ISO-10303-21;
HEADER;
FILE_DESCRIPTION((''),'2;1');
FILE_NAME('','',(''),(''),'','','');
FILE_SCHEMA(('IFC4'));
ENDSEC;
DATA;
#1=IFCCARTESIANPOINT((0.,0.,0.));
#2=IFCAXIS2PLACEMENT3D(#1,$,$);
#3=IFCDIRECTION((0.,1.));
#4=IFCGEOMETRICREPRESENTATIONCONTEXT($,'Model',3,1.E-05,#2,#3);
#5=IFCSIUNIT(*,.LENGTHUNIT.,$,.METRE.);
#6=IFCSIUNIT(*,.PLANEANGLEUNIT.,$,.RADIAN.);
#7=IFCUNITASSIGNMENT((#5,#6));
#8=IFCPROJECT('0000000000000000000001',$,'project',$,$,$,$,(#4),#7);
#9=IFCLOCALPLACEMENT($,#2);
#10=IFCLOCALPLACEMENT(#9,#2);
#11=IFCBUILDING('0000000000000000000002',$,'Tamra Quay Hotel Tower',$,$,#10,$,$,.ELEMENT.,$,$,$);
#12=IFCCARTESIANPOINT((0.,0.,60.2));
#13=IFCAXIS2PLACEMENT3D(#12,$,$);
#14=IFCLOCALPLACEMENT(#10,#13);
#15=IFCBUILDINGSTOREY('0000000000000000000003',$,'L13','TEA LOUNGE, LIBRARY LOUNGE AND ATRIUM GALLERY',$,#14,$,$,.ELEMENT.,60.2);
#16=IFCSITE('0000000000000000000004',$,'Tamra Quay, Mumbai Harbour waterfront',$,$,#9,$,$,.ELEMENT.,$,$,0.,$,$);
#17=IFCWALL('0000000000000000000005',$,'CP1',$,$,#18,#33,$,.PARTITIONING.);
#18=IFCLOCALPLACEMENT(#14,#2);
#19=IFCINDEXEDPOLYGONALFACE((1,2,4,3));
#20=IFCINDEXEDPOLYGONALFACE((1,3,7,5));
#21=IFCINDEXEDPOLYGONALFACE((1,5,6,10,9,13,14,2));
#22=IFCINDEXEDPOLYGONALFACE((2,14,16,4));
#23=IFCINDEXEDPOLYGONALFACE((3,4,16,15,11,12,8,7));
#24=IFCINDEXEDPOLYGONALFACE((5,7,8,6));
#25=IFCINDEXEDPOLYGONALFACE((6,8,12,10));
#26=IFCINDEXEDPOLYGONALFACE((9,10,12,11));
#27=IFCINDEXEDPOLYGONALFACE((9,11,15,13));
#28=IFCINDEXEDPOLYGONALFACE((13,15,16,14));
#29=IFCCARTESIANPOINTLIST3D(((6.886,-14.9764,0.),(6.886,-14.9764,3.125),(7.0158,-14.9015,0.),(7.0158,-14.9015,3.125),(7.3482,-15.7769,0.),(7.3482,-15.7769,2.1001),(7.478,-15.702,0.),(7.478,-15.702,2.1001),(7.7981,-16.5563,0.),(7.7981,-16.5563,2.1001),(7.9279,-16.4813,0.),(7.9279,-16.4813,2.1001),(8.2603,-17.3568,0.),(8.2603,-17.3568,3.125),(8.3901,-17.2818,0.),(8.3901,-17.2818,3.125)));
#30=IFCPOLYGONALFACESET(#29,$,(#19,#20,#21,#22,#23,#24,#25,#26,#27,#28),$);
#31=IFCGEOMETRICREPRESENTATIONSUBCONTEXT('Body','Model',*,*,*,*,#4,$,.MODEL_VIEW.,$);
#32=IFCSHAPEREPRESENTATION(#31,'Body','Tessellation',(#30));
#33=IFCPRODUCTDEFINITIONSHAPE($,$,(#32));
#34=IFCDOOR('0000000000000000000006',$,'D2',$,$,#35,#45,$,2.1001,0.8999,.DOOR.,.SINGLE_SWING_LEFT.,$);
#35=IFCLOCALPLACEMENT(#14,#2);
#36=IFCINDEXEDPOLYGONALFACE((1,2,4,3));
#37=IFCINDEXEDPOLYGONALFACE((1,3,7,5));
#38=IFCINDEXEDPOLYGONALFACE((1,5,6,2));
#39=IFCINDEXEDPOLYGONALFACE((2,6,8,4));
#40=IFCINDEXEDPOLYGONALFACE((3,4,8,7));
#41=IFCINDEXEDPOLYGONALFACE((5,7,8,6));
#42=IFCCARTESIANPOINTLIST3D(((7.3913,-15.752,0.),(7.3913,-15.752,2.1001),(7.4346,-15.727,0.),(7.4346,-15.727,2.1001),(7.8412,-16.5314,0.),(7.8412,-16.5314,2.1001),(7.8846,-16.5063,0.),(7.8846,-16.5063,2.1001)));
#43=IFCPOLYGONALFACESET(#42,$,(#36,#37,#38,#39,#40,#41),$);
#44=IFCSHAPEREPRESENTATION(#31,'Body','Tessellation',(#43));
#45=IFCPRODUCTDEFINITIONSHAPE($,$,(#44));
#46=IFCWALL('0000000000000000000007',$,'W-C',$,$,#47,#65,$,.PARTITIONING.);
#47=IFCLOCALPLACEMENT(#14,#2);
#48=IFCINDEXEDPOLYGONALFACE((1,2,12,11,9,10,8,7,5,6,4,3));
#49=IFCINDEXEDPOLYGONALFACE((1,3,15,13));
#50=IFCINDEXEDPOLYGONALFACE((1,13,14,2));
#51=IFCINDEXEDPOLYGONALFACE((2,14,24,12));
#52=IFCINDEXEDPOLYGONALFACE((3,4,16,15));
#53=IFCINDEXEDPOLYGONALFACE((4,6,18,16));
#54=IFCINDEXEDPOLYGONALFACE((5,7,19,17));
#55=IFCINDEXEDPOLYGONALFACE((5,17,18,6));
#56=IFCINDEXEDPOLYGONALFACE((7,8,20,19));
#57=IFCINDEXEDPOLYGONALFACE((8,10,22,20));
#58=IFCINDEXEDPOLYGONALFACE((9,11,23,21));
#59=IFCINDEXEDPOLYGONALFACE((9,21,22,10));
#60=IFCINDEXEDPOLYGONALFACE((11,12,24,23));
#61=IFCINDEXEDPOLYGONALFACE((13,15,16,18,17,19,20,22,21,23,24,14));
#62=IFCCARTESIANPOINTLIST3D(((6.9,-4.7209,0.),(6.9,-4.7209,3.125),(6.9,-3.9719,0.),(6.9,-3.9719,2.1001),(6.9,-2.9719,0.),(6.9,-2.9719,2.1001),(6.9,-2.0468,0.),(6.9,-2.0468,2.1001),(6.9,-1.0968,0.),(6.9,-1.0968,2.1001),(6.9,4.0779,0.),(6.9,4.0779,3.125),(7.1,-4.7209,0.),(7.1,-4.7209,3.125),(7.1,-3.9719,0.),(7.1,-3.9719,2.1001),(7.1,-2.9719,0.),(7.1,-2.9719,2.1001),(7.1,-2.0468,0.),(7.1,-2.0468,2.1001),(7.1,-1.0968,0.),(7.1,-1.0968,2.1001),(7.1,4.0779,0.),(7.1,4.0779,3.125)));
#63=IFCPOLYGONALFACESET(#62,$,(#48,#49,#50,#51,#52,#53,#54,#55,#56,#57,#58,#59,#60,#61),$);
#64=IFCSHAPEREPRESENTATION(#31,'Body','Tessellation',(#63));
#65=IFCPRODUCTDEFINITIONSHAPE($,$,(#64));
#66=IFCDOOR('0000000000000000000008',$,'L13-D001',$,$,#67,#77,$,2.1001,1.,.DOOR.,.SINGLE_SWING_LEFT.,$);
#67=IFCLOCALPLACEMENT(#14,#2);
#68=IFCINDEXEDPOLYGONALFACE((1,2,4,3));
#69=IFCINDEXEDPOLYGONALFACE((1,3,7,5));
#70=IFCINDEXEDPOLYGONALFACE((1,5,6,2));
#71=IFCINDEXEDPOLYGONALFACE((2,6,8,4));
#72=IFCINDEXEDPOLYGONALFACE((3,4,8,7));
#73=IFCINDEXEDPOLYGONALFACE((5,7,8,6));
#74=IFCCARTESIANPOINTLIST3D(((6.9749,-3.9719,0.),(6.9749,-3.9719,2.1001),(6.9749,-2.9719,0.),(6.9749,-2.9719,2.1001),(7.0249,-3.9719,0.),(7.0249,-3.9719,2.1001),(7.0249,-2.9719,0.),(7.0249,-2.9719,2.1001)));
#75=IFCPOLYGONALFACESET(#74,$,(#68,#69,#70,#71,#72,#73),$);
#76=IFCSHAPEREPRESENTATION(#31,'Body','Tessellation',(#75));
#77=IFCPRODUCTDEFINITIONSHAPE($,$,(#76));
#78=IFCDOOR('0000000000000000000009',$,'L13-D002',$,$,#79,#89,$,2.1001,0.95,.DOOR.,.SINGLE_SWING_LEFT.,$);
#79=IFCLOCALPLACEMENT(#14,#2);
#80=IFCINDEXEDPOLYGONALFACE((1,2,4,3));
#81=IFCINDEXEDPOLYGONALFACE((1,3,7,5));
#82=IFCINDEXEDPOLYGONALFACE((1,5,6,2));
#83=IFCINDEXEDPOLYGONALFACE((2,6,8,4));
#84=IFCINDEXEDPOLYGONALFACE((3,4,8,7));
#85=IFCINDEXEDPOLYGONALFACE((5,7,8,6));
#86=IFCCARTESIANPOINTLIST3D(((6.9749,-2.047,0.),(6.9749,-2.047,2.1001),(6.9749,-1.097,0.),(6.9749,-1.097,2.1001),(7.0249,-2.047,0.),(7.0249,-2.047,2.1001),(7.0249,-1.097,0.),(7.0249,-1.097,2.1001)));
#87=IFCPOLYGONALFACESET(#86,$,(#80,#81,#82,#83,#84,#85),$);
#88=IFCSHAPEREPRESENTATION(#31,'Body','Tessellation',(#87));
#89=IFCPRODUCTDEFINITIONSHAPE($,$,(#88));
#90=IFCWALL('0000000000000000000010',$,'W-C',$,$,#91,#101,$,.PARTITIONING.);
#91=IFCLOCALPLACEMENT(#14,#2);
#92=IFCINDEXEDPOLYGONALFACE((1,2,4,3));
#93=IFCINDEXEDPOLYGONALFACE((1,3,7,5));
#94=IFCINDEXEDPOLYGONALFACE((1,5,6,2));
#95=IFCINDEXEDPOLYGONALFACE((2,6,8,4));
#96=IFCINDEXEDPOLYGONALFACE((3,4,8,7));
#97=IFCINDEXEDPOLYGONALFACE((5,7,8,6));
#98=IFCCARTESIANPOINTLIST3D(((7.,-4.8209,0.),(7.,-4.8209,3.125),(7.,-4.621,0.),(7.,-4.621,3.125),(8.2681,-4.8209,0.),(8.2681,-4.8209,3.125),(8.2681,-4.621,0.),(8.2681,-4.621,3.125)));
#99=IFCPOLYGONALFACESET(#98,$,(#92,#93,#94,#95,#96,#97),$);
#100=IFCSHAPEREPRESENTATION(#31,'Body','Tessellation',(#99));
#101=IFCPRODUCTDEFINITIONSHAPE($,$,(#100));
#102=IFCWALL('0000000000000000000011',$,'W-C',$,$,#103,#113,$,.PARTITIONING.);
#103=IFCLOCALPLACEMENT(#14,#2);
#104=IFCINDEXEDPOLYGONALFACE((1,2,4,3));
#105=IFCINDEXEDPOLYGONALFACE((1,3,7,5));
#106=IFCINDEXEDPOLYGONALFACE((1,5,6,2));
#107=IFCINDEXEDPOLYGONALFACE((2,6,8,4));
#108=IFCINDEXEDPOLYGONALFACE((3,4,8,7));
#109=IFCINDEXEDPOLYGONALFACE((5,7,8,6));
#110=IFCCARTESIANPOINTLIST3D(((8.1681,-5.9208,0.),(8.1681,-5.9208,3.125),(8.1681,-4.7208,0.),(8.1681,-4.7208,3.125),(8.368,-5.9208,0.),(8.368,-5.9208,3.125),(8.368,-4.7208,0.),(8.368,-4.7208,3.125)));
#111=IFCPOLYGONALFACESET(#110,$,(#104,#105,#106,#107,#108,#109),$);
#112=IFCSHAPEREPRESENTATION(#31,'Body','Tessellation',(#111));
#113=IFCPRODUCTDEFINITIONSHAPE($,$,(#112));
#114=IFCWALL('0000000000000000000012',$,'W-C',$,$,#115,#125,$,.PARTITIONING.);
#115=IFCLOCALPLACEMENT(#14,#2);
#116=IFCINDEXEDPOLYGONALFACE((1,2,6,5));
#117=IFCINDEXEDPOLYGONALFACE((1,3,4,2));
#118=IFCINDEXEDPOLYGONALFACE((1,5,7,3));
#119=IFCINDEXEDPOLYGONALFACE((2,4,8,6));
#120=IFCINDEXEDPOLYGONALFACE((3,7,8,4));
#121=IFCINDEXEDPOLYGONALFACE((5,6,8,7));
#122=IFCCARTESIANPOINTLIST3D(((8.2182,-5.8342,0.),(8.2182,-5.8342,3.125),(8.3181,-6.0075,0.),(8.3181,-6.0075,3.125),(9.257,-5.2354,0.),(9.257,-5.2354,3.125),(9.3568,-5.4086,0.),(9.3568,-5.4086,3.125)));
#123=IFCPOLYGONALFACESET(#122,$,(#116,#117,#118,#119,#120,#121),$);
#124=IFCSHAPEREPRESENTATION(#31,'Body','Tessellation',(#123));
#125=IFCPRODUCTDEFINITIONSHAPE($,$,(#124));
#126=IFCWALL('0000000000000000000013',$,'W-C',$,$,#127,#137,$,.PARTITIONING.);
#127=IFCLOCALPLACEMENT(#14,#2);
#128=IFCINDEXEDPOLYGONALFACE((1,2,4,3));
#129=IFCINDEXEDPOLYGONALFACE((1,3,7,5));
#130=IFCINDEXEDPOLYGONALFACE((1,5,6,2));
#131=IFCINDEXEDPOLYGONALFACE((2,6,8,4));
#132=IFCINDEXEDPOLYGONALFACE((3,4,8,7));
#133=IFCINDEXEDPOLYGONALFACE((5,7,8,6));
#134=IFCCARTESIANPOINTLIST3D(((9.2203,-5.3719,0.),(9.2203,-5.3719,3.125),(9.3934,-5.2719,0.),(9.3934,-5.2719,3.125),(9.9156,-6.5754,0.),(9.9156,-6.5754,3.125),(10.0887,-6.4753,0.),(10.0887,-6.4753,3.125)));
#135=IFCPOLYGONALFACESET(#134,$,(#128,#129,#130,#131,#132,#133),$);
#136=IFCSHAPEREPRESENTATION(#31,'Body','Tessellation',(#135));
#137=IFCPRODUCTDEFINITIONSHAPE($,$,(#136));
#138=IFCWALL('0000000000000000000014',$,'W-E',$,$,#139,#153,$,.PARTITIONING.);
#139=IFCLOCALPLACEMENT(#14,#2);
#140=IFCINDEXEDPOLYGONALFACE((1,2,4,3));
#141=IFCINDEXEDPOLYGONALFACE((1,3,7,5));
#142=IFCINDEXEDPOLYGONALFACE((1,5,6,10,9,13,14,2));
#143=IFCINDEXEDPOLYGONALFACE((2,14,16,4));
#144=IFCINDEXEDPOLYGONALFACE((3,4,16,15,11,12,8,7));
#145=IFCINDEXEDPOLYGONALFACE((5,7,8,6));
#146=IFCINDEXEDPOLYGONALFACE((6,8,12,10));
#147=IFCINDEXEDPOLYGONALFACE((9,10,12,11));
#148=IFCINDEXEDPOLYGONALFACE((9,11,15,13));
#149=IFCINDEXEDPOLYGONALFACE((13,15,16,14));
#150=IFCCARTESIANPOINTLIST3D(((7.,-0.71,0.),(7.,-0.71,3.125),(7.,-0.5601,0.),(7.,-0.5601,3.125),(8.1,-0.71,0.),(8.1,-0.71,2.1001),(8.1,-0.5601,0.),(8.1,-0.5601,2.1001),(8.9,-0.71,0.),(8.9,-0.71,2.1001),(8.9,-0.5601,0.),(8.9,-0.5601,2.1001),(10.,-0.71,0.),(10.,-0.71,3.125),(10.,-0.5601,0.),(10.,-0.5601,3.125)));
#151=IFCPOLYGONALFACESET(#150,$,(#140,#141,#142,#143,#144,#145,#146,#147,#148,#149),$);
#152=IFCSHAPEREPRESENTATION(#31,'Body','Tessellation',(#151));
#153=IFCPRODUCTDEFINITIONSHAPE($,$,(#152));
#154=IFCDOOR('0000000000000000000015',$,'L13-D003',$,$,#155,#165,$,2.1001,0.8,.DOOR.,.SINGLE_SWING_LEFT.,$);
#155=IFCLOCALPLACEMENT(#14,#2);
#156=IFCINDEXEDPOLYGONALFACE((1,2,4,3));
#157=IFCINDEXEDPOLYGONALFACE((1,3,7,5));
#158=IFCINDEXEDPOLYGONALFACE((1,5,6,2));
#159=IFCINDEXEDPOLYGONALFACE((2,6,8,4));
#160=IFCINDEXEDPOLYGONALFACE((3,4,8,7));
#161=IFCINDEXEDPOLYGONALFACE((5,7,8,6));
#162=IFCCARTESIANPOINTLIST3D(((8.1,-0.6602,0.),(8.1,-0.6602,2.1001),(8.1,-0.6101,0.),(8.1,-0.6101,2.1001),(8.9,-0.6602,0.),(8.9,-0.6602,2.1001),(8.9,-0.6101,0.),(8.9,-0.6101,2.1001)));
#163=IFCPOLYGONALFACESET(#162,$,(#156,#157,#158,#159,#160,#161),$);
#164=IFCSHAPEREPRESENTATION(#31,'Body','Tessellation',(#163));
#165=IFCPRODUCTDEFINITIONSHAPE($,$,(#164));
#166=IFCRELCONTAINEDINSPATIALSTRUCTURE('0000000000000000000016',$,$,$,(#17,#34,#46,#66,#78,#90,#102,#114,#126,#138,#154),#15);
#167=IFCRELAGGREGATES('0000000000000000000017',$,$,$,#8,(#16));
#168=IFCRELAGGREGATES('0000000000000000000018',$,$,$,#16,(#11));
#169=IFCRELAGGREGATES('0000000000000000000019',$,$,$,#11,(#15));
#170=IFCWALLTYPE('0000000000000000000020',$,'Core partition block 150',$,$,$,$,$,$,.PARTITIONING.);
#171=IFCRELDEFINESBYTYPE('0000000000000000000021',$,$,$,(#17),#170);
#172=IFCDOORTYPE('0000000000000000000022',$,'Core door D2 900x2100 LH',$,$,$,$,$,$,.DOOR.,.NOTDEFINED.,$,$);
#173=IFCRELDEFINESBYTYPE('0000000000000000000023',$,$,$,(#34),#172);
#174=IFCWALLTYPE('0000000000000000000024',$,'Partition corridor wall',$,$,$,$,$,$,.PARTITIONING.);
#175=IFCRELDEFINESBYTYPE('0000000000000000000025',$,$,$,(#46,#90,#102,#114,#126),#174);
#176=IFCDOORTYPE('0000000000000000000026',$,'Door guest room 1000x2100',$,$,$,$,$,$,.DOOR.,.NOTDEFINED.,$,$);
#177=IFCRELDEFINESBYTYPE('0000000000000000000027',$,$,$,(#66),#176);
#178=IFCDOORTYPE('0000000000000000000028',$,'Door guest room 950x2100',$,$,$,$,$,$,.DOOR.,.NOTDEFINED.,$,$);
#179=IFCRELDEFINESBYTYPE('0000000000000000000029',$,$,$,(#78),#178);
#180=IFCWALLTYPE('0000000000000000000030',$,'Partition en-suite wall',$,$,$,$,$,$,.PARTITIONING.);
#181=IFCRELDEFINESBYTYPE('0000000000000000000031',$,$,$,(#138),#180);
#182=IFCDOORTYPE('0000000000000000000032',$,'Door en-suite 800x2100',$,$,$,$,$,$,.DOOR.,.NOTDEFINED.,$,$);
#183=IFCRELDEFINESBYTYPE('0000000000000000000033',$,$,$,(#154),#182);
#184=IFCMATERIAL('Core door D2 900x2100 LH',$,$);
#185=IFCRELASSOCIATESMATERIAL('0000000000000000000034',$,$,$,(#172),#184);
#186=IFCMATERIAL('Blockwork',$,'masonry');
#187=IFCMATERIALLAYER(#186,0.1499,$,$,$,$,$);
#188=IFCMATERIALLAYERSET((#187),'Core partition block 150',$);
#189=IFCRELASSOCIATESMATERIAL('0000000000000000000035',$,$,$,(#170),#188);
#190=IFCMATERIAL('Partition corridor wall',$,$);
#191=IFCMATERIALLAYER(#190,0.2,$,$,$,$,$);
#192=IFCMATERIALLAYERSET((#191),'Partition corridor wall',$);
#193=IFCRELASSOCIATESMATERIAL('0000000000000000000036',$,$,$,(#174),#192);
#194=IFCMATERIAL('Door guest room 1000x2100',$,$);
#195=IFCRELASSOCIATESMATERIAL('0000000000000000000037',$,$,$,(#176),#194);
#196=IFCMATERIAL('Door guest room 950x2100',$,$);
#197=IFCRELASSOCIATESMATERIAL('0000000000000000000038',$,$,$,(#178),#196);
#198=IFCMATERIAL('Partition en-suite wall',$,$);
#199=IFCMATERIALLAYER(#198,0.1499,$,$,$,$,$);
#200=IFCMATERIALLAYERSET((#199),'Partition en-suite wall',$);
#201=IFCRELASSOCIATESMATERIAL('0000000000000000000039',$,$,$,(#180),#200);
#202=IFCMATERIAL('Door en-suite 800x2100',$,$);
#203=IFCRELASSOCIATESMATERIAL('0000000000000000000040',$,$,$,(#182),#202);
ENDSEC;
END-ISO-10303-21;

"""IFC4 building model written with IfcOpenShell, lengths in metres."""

from ifc_helpers import new_model, si_unit, direction, frame, frame_2d, origin, place, context, subcontext, project, spatial, rectangle, extrude, material, layer, layer_set, type_object, element, fill, save


model = new_model("IFC4")

# Units and contexts
model_context = context("Model", 3, precision=1e-05, world=origin(), true_north=direction((0.0, 1.0)))
body_context = subcontext(model_context, "Body", "Model", "MODEL_VIEW")
ifc_project = project(units=[si_unit("LENGTHUNIT", "METRE"), si_unit("PLANEANGLEUNIT", "RADIAN")], contexts=[model_context])

# Site, building, storey
site_placement = place(None, origin())
site = spatial("IfcSite", under=ifc_project, at=site_placement, Name="Tamra Quay, Mumbai Harbour waterfront", CompositionType="ELEMENT", RefElevation=0.0)
building_placement = place(site_placement, origin())
building = spatial("IfcBuilding", under=site, at=building_placement, Name="Tamra Quay Hotel Tower", CompositionType="ELEMENT")
storey_placement = place(building_placement, frame((0.0, 0.0, 60.2)))
storey = spatial("IfcBuildingStorey", under=building, at=storey_placement, Name="L13", Description="TEA LOUNGE, LIBRARY LOUNGE AND ATRIUM GALLERY", CompositionType="ELEMENT", Elevation=60.2)

# Shared definitions
ifc_material_1 = material(Name="Core door D2 900x2100 LH")
door_type_1 = type_object("IfcDoorType", Name="Core door D2 900x2100 LH", OperationType="NOTDEFINED", PredefinedType="DOOR", material=ifc_material_1)

# Shared definitions
ifc_material_2 = material(Name="Blockwork", Category="masonry")
ifc_layer_1 = layer(ifc_material_2, 0.1499)
ifc_layer_set_1 = layer_set([ifc_layer_1], Name="Core partition block 150")
wall_type_1 = type_object("IfcWallType", Name="Core partition block 150", PredefinedType="PARTITIONING", material=ifc_layer_set_1)

# Wall, opening, door
wall_1_placement = place(storey_placement, frame((6.9509, -14.939, 0.0), z_axis=(0.0, 0.0, 1.0), x_axis=(0.499989, -0.866032, 0.0)))
wall_1 = element("IfcWall", 1, at=wall_1_placement, inside=storey, type_object=wall_type_1, Name="CP1", PredefinedType="PARTITIONING", context=body_context, shape_type="SweptSolid", body=[
    extrude(rectangle(XDim=2.7485, YDim=0.1499, at=frame_2d((1.3743, 0.0))), origin(), (0.0, 0.0, 1.0), 3.125),
])
opening_1_placement = place(wall_1_placement, frame((0.9243, 0.0, 0.0)))
opening_1 = element("IfcOpeningElement", 2, at=opening_1_placement, cuts=wall_1, PredefinedType="OPENING", context=body_context, shape_type="SweptSolid", body=[
    extrude(rectangle(XDim=0.8999, YDim=2.1001, at=frame_2d((0.45, 1.05))), frame((0.0, 0.085, 0.0), z_axis=(0.0, -1.0, 0.0), x_axis=(1.0, 0.0, 0.0)), (0.0, 0.0, 1.0), 0.1699),
])
door_1_placement = place(opening_1_placement, origin())
door_1 = element("IfcDoor", 3, at=door_1_placement, inside=storey, type_object=door_type_1, Name="D2", OperationType="SINGLE_SWING_LEFT", OverallHeight=2.1001, OverallWidth=0.8999, PredefinedType="DOOR", context=body_context, shape_type="SweptSolid", body=[
    extrude(rectangle(XDim=0.8999, YDim=2.1001, at=frame_2d((0.45, 1.05))), frame((0.0, 0.0249, 0.0), z_axis=(0.0, -1.0, 0.0), x_axis=(1.0, 0.0, 0.0)), (0.0, 0.0, 1.0), 0.05),
])
fill(opening_1, door_1)

# Wall, openings, doors
ifc_material_3 = material(Name="Partition corridor wall")
ifc_layer_2 = layer(ifc_material_3, 0.2)
ifc_layer_set_2 = layer_set([ifc_layer_2], Name="Partition corridor wall")
wall_type_2 = type_object("IfcWallType", Name="Partition corridor wall", PredefinedType="PARTITIONING", material=ifc_layer_set_2)
wall_2_placement = place(storey_placement, frame((7.0, -4.7209, 0.0), z_axis=(0.0, 0.0, 1.0), x_axis=(0.0, 1.0, 0.0)))
wall_2 = element("IfcWall", 4, at=wall_2_placement, inside=storey, type_object=wall_type_2, Name="W-C", PredefinedType="PARTITIONING", context=body_context, shape_type="SweptSolid", body=[
    extrude(rectangle(XDim=8.7988, YDim=0.2, at=frame_2d((4.3994, 0.0))), origin(), (0.0, 0.0, 1.0), 3.125),
])
opening_2_placement = place(wall_2_placement, frame((0.749, 0.0, 0.0)))
opening_2 = element("IfcOpeningElement", 5, at=opening_2_placement, cuts=wall_2, PredefinedType="OPENING", context=body_context, shape_type="SweptSolid", body=[
    extrude(rectangle(XDim=1.0, YDim=2.1001, at=frame_2d((0.5, 1.05))), frame((0.0, 0.1099, 0.0), z_axis=(0.0, -1.0, 0.0), x_axis=(1.0, 0.0, 0.0)), (0.0, 0.0, 1.0), 0.22),
])
opening_3_placement = place(wall_2_placement, frame((2.6741, 0.0, 0.0)))
opening_3 = element("IfcOpeningElement", 6, at=opening_3_placement, cuts=wall_2, PredefinedType="OPENING", context=body_context, shape_type="SweptSolid", body=[
    extrude(rectangle(XDim=0.95, YDim=2.1001, at=frame_2d((0.4751, 1.05))), frame((0.0, 0.1099, 0.0), z_axis=(0.0, -1.0, 0.0), x_axis=(1.0, 0.0, 0.0)), (0.0, 0.0, 1.0), 0.22),
])
ifc_material_4 = material(Name="Door guest room 1000x2100")
door_type_2 = type_object("IfcDoorType", Name="Door guest room 1000x2100", OperationType="NOTDEFINED", PredefinedType="DOOR", material=ifc_material_4)
door_2_placement = place(opening_2_placement, frame((1.0, 0.0, 0.0), z_axis=(0.0, 0.0, 1.0), x_axis=(-1.0, 0.0, 0.0)))
door_2 = element("IfcDoor", 7, at=door_2_placement, inside=storey, type_object=door_type_2, Name="L13-D001", OperationType="SINGLE_SWING_LEFT", OverallHeight=2.1001, OverallWidth=1.0, PredefinedType="DOOR", context=body_context, shape_type="SweptSolid", body=[
    extrude(rectangle(XDim=1.0, YDim=2.1001, at=frame_2d((0.5, 1.05))), frame((0.0, 0.0249, 0.0), z_axis=(0.0, -1.0, 0.0), x_axis=(1.0, 0.0, 0.0)), (0.0, 0.0, 1.0), 0.05),
])
fill(opening_2, door_2)
ifc_material_5 = material(Name="Door guest room 950x2100")
door_type_3 = type_object("IfcDoorType", Name="Door guest room 950x2100", OperationType="NOTDEFINED", PredefinedType="DOOR", material=ifc_material_5)
door_3_placement = place(opening_3_placement, frame((0.95, 0.0, 0.0), z_axis=(0.0, 0.0, 1.0), x_axis=(-1.0, 0.0, 0.0)))
door_3 = element("IfcDoor", 8, at=door_3_placement, inside=storey, type_object=door_type_3, Name="L13-D002", OperationType="SINGLE_SWING_LEFT", OverallHeight=2.1001, OverallWidth=0.95, PredefinedType="DOOR", context=body_context, shape_type="SweptSolid", body=[
    extrude(rectangle(XDim=0.95, YDim=2.1001, at=frame_2d((0.4751, 1.05))), frame((0.0, 0.0249, 0.0), z_axis=(0.0, -1.0, 0.0), x_axis=(1.0, 0.0, 0.0)), (0.0, 0.0, 1.0), 0.05),
])
fill(opening_3, door_3)

# Walls
wall_3_placement = place(storey_placement, frame((7.0, -4.7209, 0.0), z_axis=(0.0, 0.0, 1.0), x_axis=(1.0, 0.0, 0.0)))
element("IfcWall", 9, at=wall_3_placement, inside=storey, type_object=wall_type_2, Name="W-C", PredefinedType="PARTITIONING", context=body_context, shape_type="SweptSolid", body=[
    extrude(rectangle(XDim=1.2681, YDim=0.2, at=frame_2d((0.634, 0.0))), origin(), (0.0, 0.0, 1.0), 3.125),
])
wall_4_placement = place(storey_placement, frame((8.2681, -5.9209, 0.0), z_axis=(0.0, 0.0, 1.0), x_axis=(0.0, 1.0, 0.0)))
element("IfcWall", 10, at=wall_4_placement, inside=storey, type_object=wall_type_2, Name="W-C", PredefinedType="PARTITIONING", context=body_context, shape_type="SweptSolid", body=[
    extrude(rectangle(XDim=1.2, YDim=0.2, at=frame_2d((0.6001, 0.0))), origin(), (0.0, 0.0, 1.0), 3.125),
])
wall_5_placement = place(storey_placement, frame((8.2681, -5.9209, 0.0), z_axis=(0.0, 0.0, 1.0), x_axis=(0.866345, 0.499446, 0.0)))
element("IfcWall", 11, at=wall_5_placement, inside=storey, type_object=wall_type_2, Name="W-C", PredefinedType="PARTITIONING", context=body_context, shape_type="SweptSolid", body=[
    extrude(rectangle(XDim=1.199, YDim=0.2, at=frame_2d((0.5996, 0.0))), origin(), (0.0, 0.0, 1.0), 3.125),
])
wall_6_placement = place(storey_placement, frame((9.3069, -5.322, 0.0), z_axis=(0.0, 0.0, 1.0), x_axis=(0.500295, -0.865855, 0.0)))
element("IfcWall", 12, at=wall_6_placement, inside=storey, type_object=wall_type_2, Name="W-C", PredefinedType="PARTITIONING", context=body_context, shape_type="SweptSolid", body=[
    extrude(rectangle(XDim=1.3899, YDim=0.2, at=frame_2d((0.6948, 0.0))), origin(), (0.0, 0.0, 1.0), 3.125),
])

# Wall, opening, door
ifc_material_6 = material(Name="Partition en-suite wall")
ifc_layer_3 = layer(ifc_material_6, 0.1499)
ifc_layer_set_3 = layer_set([ifc_layer_3], Name="Partition en-suite wall")
wall_type_3 = type_object("IfcWallType", Name="Partition en-suite wall", PredefinedType="PARTITIONING", material=ifc_layer_set_3)
wall_7_placement = place(storey_placement, frame((7.0, -0.635, 0.0), z_axis=(0.0, 0.0, 1.0), x_axis=(1.0, 0.0, 0.0)))
wall_7 = element("IfcWall", 13, at=wall_7_placement, inside=storey, type_object=wall_type_3, Name="W-E", PredefinedType="PARTITIONING", context=body_context, shape_type="SweptSolid", body=[
    extrude(rectangle(XDim=3.0, YDim=0.1499, at=frame_2d((1.5, 0.0))), origin(), (0.0, 0.0, 1.0), 3.125),
])
opening_4_placement = place(wall_7_placement, frame((1.1001, 0.0, 0.0)))
opening_4 = element("IfcOpeningElement", 14, at=opening_4_placement, cuts=wall_7, PredefinedType="OPENING", context=body_context, shape_type="SweptSolid", body=[
    extrude(rectangle(XDim=0.8, YDim=2.1001, at=frame_2d((0.3999, 1.05))), frame((0.0, 0.085, 0.0), z_axis=(0.0, -1.0, 0.0), x_axis=(1.0, 0.0, 0.0)), (0.0, 0.0, 1.0), 0.1699),
])
ifc_material_7 = material(Name="Door en-suite 800x2100")
door_type_4 = type_object("IfcDoorType", Name="Door en-suite 800x2100", OperationType="NOTDEFINED", PredefinedType="DOOR", material=ifc_material_7)
door_4_placement = place(opening_4_placement, origin())
door_4 = element("IfcDoor", 15, at=door_4_placement, inside=storey, type_object=door_type_4, Name="L13-D003", OperationType="SINGLE_SWING_LEFT", OverallHeight=2.1001, OverallWidth=0.8, PredefinedType="DOOR", context=body_context, shape_type="SweptSolid", body=[
    extrude(rectangle(XDim=0.8, YDim=2.1001, at=frame_2d((0.3999, 1.05))), frame((0.0, 0.0249, 0.0), z_axis=(0.0, -1.0, 0.0), x_axis=(1.0, 0.0, 0.0)), (0.0, 0.0, 1.0), 0.05),
])
fill(opening_4, door_4)

save(model, "model.ifc")
